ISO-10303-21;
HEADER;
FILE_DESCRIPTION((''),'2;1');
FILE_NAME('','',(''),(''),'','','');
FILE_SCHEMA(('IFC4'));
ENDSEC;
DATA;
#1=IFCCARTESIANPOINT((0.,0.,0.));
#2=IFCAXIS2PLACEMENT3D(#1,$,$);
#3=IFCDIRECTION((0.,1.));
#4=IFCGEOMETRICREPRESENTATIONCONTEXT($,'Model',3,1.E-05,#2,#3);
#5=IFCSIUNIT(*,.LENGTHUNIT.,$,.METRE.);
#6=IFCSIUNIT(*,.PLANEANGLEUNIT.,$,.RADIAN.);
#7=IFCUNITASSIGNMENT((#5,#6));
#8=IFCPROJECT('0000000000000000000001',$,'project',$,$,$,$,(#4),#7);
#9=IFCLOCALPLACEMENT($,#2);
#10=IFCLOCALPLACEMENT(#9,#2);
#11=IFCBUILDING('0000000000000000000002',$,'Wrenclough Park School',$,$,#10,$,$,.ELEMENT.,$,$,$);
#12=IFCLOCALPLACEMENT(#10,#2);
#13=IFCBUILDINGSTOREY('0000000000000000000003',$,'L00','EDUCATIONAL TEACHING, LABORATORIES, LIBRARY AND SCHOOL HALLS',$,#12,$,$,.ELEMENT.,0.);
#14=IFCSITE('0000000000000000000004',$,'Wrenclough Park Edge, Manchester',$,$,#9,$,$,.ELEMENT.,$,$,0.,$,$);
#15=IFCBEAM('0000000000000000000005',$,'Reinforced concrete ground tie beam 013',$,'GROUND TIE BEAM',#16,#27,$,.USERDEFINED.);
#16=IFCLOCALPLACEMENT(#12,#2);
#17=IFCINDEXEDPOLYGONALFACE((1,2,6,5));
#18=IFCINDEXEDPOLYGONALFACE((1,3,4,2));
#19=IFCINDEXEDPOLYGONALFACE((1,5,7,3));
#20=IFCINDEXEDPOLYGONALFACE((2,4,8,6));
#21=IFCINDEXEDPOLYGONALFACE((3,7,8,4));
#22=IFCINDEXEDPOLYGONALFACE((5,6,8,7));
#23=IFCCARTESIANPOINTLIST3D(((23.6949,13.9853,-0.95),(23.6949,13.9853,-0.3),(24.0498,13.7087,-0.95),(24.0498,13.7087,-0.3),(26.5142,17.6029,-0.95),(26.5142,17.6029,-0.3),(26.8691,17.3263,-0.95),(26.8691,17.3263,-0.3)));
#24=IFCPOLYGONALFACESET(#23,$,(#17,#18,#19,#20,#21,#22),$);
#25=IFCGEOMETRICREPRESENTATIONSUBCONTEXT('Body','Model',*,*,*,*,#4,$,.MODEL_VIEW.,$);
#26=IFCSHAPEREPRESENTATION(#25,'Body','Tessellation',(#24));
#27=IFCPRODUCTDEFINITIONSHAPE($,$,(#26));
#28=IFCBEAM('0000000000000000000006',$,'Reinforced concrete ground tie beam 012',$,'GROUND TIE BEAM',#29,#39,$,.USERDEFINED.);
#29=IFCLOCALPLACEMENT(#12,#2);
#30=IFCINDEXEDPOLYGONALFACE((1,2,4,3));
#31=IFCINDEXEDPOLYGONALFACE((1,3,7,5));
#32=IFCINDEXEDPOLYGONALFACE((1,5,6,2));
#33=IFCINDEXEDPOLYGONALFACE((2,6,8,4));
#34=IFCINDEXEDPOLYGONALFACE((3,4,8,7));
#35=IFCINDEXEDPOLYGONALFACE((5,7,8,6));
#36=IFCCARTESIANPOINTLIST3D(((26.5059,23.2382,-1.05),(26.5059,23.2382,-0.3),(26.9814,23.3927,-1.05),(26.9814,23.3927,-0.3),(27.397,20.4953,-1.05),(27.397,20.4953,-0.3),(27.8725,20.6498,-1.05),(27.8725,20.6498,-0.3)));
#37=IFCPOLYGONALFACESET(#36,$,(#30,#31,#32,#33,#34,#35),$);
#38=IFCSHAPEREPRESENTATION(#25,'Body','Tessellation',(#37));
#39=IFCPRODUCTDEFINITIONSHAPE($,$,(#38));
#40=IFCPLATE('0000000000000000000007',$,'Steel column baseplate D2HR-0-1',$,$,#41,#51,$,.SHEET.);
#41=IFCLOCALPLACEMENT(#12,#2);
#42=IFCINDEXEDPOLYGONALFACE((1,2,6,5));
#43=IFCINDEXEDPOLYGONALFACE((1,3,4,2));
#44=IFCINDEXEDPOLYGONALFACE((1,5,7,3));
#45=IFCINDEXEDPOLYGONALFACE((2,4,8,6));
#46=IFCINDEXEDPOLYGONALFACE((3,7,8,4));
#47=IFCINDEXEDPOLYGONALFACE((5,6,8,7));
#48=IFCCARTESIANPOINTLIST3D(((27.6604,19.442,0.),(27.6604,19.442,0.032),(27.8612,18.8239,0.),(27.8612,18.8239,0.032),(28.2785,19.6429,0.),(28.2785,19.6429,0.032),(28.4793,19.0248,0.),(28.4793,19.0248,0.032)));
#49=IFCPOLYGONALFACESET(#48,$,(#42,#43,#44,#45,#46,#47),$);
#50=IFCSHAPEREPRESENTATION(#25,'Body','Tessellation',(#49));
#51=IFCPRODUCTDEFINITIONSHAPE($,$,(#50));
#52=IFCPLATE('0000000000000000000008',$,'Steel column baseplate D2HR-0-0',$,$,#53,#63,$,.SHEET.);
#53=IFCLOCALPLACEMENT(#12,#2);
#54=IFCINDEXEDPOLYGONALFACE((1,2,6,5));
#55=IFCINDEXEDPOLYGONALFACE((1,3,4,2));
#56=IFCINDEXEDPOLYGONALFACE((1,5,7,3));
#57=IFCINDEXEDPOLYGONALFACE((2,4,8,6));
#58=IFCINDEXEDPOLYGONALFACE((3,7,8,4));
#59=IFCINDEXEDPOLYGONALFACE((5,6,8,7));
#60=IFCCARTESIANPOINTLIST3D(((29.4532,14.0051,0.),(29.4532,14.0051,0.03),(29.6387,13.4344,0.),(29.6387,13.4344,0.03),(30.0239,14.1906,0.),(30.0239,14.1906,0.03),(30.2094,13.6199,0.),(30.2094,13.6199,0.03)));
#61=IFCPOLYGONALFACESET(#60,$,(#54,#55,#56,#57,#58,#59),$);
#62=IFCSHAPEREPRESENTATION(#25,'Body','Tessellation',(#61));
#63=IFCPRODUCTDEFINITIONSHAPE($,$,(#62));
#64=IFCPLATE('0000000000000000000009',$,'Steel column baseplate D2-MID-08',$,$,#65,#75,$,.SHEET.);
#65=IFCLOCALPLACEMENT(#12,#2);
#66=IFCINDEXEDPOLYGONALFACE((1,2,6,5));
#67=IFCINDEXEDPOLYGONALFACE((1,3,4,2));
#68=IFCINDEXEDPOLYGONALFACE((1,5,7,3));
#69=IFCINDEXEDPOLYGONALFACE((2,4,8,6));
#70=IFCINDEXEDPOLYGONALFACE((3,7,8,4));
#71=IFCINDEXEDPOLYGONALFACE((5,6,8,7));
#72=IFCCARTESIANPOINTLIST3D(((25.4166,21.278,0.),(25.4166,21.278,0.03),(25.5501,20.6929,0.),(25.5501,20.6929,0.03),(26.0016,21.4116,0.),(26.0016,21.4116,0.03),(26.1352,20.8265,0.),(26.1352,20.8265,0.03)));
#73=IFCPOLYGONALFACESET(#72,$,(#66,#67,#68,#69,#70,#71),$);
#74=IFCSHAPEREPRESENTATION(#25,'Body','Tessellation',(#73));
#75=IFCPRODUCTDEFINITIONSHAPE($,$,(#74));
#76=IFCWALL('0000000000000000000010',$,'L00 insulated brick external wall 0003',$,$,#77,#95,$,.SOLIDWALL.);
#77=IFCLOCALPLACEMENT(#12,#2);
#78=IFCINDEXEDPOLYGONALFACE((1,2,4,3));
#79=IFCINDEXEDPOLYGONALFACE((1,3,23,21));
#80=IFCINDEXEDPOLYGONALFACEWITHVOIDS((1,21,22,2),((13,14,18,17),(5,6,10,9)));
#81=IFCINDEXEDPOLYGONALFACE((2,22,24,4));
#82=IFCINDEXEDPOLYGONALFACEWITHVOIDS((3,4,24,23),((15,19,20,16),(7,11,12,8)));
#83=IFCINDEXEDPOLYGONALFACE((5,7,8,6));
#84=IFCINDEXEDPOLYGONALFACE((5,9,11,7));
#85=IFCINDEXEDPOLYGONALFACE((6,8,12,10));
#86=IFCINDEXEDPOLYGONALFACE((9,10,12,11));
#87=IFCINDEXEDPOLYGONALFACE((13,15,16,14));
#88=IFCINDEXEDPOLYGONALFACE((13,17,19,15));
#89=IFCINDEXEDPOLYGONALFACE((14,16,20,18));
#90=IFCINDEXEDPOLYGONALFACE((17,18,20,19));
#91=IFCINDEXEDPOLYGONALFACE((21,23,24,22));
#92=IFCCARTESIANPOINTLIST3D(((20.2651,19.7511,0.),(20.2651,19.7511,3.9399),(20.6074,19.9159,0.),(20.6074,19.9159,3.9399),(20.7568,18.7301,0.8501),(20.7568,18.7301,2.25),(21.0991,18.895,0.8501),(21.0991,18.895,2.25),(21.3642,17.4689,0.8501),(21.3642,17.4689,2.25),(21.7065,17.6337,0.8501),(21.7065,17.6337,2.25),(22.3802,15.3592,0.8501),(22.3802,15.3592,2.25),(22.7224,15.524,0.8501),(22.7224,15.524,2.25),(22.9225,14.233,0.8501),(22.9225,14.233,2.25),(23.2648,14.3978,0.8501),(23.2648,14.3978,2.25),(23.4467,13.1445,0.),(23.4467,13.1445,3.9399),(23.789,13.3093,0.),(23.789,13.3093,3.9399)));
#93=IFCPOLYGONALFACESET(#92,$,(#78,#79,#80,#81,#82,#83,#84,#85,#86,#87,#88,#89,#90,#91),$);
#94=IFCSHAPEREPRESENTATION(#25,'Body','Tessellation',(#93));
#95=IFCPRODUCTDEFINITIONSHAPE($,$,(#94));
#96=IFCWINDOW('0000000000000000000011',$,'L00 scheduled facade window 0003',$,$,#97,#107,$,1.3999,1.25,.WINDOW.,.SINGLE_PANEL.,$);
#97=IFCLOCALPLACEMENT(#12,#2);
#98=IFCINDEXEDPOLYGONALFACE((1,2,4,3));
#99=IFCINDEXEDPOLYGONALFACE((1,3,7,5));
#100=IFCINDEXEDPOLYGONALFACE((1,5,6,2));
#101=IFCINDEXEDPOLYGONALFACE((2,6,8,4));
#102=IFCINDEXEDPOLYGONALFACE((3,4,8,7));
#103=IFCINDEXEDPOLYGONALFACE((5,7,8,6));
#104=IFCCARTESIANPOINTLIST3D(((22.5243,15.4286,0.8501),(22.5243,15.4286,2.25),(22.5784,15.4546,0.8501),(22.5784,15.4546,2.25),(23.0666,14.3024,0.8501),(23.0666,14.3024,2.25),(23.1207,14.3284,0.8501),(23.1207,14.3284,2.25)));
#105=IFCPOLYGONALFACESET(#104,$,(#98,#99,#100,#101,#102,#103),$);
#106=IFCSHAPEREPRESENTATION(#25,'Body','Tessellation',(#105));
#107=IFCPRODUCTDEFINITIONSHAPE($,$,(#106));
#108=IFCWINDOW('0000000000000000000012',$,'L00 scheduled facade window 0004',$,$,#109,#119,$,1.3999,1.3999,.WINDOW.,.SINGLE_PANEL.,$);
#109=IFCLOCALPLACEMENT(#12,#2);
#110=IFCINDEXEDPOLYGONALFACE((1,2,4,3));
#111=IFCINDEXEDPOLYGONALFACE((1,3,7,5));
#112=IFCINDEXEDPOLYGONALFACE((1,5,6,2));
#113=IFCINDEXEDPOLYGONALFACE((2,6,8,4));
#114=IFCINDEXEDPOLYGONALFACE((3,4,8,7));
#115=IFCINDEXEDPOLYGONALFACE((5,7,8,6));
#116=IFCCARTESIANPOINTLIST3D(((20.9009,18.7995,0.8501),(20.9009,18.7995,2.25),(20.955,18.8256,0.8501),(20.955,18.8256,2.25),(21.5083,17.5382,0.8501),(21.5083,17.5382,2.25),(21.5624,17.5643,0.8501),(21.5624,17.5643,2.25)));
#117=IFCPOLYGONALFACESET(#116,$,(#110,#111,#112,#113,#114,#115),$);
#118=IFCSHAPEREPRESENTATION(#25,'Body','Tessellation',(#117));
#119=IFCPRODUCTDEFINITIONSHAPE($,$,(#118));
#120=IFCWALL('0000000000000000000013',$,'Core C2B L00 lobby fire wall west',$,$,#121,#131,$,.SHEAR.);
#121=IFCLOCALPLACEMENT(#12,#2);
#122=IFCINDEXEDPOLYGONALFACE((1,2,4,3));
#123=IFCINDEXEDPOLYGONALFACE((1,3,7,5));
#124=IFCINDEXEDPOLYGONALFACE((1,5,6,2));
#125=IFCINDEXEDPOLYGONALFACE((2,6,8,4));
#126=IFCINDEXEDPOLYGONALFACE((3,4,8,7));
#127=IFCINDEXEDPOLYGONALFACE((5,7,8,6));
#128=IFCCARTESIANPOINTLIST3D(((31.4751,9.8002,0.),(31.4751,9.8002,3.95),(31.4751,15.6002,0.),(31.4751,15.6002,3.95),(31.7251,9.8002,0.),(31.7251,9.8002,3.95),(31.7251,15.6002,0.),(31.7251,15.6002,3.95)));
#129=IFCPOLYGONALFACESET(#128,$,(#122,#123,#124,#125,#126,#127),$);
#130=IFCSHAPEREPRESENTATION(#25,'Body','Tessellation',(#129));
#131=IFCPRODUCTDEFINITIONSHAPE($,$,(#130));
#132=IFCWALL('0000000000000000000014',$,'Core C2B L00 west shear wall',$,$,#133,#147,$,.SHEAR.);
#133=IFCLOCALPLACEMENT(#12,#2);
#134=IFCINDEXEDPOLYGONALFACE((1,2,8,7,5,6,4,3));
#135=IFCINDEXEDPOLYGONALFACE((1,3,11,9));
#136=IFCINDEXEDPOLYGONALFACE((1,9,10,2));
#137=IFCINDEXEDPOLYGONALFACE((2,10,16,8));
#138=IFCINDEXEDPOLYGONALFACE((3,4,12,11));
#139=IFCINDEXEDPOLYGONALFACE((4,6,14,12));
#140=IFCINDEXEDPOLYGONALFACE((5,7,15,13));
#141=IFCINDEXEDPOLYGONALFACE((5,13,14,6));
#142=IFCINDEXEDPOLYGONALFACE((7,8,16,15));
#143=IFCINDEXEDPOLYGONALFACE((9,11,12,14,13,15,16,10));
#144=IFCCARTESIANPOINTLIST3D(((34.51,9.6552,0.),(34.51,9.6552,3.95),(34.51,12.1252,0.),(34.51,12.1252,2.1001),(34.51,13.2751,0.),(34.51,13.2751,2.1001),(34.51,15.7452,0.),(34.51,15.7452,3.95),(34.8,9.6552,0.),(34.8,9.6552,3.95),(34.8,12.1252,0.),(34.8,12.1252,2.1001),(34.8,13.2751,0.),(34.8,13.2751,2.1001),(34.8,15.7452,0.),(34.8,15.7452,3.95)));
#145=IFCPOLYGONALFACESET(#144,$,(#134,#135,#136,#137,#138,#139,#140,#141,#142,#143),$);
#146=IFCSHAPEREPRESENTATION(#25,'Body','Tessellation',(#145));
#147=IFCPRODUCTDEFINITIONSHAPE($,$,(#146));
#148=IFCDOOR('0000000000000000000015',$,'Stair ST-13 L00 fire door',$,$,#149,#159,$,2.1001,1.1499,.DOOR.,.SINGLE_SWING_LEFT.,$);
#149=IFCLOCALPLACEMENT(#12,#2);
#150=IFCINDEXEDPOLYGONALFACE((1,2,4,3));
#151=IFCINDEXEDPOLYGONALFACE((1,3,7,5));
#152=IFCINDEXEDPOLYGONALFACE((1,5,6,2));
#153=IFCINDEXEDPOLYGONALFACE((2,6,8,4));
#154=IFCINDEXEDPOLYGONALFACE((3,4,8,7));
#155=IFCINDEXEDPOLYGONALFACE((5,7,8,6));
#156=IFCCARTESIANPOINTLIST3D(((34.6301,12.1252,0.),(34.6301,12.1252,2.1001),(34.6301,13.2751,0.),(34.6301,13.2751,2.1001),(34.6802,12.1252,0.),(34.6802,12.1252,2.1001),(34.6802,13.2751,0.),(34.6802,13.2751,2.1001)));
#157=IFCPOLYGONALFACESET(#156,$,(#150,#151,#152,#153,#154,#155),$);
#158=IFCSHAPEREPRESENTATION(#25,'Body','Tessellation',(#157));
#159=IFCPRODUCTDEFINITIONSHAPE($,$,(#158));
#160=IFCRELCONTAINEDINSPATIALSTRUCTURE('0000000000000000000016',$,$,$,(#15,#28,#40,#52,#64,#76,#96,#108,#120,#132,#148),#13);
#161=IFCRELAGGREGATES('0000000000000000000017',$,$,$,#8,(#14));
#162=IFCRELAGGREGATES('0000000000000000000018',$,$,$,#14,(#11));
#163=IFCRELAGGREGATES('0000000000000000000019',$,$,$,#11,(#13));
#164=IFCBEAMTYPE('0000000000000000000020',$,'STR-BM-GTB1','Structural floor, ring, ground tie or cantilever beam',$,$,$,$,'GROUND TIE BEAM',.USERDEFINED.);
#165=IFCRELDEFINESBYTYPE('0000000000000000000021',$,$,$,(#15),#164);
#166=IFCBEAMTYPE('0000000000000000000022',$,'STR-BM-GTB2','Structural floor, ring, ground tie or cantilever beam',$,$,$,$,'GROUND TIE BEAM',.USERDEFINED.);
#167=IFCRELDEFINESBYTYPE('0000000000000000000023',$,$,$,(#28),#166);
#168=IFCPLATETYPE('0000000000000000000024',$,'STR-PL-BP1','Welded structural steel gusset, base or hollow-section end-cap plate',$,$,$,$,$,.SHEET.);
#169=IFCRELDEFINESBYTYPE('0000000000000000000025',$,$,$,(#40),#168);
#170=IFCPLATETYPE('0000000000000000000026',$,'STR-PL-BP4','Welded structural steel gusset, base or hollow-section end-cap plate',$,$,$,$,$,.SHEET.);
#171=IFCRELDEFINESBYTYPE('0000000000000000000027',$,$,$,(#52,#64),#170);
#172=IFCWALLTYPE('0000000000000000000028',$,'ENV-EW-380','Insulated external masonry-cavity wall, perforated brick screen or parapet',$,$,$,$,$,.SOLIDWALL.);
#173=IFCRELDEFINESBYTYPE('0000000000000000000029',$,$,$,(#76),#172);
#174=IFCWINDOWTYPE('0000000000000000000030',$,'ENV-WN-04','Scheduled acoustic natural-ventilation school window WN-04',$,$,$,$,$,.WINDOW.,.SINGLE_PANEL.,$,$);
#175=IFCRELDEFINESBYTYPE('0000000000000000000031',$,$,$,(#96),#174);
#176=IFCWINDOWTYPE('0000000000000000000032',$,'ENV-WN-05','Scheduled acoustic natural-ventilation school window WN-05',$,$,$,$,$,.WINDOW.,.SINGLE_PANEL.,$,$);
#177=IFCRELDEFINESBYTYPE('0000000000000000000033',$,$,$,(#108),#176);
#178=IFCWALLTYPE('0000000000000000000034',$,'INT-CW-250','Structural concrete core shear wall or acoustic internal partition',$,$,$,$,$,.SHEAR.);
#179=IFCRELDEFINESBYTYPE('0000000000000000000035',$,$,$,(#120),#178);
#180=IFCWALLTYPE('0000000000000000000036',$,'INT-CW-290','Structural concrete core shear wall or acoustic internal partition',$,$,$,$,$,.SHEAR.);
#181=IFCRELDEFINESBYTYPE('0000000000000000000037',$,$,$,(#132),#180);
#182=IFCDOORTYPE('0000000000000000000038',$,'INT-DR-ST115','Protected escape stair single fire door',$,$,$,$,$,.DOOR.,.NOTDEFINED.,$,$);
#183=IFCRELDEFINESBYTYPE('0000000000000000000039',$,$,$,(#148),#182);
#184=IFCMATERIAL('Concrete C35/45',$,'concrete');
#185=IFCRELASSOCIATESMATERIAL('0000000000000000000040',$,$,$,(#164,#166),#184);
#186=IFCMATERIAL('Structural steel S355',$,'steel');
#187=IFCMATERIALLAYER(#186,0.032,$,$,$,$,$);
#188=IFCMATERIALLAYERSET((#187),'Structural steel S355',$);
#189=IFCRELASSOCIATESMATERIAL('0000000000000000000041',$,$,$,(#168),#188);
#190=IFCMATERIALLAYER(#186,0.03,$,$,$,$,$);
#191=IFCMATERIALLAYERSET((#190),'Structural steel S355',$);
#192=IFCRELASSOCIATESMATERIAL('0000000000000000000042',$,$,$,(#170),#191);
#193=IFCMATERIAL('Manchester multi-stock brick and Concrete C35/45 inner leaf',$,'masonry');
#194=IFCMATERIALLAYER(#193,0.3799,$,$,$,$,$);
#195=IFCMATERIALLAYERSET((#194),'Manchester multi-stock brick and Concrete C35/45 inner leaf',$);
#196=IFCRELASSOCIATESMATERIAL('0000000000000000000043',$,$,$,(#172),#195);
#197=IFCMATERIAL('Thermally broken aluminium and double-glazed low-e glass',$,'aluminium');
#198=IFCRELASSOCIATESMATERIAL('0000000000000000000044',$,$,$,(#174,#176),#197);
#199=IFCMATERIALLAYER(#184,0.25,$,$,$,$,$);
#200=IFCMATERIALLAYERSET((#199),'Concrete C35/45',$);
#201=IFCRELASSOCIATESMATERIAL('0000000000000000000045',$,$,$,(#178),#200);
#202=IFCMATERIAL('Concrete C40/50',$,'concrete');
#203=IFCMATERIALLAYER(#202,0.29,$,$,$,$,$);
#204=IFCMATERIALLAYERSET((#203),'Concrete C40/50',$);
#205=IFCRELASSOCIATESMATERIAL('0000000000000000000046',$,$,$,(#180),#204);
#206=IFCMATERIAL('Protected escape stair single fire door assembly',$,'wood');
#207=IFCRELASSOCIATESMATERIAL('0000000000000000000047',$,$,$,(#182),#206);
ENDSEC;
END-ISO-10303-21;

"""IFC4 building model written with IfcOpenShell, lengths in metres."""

from ifc_helpers import new_model, si_unit, direction, frame, frame_2d, origin, origin_2d, place, context, subcontext, project, spatial, rectangle, extrude, material, layer, layer_set, material_profile, profile_set, type_object, element, fill, save


model = new_model("IFC4")

# Units and contexts
model_context = context("Model", 3, precision=1e-05, world=origin(), true_north=direction((0.0, 1.0)))
body_context = subcontext(model_context, "Body", "Model", "MODEL_VIEW")
ifc_project = project(units=[si_unit("LENGTHUNIT", "METRE"), si_unit("PLANEANGLEUNIT", "RADIAN")], contexts=[model_context])

# Site, building, storey
site_placement = place(None, origin())
site = spatial("IfcSite", under=ifc_project, at=site_placement, Name="Wrenclough Park Edge, Manchester", CompositionType="ELEMENT", RefElevation=0.0)
building_placement = place(site_placement, origin())
building = spatial("IfcBuilding", under=site, at=building_placement, Name="Wrenclough Park School", CompositionType="ELEMENT")
storey_placement = place(building_placement, origin())
storey = spatial("IfcBuildingStorey", under=building, at=storey_placement, Name="L00", Description="EDUCATIONAL TEACHING, LABORATORIES, LIBRARY AND SCHOOL HALLS", CompositionType="ELEMENT", Elevation=0.0)

# Shared definitions
ifc_material_1 = material(Name="Concrete C35/45", Category="concrete")

# Shared definitions
ifc_material_2 = material(Name="Structural steel S355", Category="steel")

# Beams
ifc_material_profile_1 = material_profile(ifc_material_1, rectangle(XDim=0.45, YDim=0.6499, at=origin_2d()), Name="RC GROUND 450x650")
ifc_profile_set_1 = profile_set([ifc_material_profile_1], Name="Concrete C35/45")
beam_type_1 = type_object("IfcBeamType", Name="STR-BM-GTB1", Description="Structural floor, ring, ground tie or cantilever beam", ElementType="GROUND TIE BEAM", PredefinedType="USERDEFINED", material=ifc_profile_set_1)
beam_1_placement = place(storey_placement, frame((26.6917, 17.4646, -0.625), z_axis=(-0.614699, -0.788761, 0.0), x_axis=(0.788761, -0.614699, 0.0)))
element("IfcBeam", 1, at=beam_1_placement, inside=storey, type_object=beam_type_1, Name="Reinforced concrete ground tie beam 013", ObjectType="GROUND TIE BEAM", PredefinedType="USERDEFINED", context=body_context, shape_type="SweptSolid", body=[
    extrude(rectangle(XDim=0.45, YDim=0.6499, at=origin_2d()), origin(), (0.0, 0.0, 1.0), 4.5864),
])
ifc_material_profile_2 = material_profile(ifc_material_1, rectangle(XDim=0.5, YDim=0.75, at=origin_2d()), Name="RC GROUND 500x750")
ifc_profile_set_2 = profile_set([ifc_material_profile_2], Name="Concrete C35/45")
beam_type_2 = type_object("IfcBeamType", Name="STR-BM-GTB2", Description="Structural floor, ring, ground tie or cantilever beam", ElementType="GROUND TIE BEAM", PredefinedType="USERDEFINED", material=ifc_profile_set_2)
beam_2_placement = place(storey_placement, frame((27.6348, 20.5725, -0.675), z_axis=(-0.308981, 0.951068, 0.0), x_axis=(-0.951068, -0.308981, 0.0)))
element("IfcBeam", 2, at=beam_2_placement, inside=storey, type_object=beam_type_2, Name="Reinforced concrete ground tie beam 012", ObjectType="GROUND TIE BEAM", PredefinedType="USERDEFINED", context=body_context, shape_type="SweptSolid", body=[
    extrude(rectangle(XDim=0.5, YDim=0.75, at=origin_2d()), origin(), (0.0, 0.0, 1.0), 2.884),
])

# Plates
ifc_layer_1 = layer(ifc_material_2, 0.032)
ifc_layer_set_1 = layer_set([ifc_layer_1], Name="Structural steel S355")
plate_type_1 = type_object("IfcPlateType", Name="STR-PL-BP1", Description="Welded structural steel gusset, base or hollow-section end-cap plate", PredefinedType="SHEET", material=ifc_layer_set_1)
plate_placement = place(storey_placement, frame((28.0698, 19.2334, 0.0), z_axis=(0.0, 0.0, 1.0), x_axis=(0.951057, 0.309017, 0.0)))
element("IfcPlate", 3, at=plate_placement, inside=storey, type_object=plate_type_1, Name="Steel column baseplate D2HR-0-1", PredefinedType="SHEET", context=body_context, shape_type="SweptSolid", body=[
    extrude(rectangle(XDim=0.6499, YDim=0.6499, at=origin_2d()), origin(), (0.0, 0.0, 1.0), 0.032),
])
ifc_layer_2 = layer(ifc_material_2, 0.03)
ifc_layer_set_2 = layer_set([ifc_layer_2], Name="Structural steel S355")
plate_type_2 = type_object("IfcPlateType", Name="STR-PL-BP4", Description="Welded structural steel gusset, base or hollow-section end-cap plate", PredefinedType="SHEET", material=ifc_layer_set_2)
for number, where, z_axis, x_axis, name in (
    (4, (29.8313, 13.8125, 0.0), (0.0, 0.0, 1.0), (0.951057, 0.309017, 0.0), "Steel column baseplate D2HR-0-0"),
    (5, (25.7759, 21.0522, 0.0), (0.0, 0.0, 1.0), (0.22257, -0.974917, 0.0), "Steel column baseplate D2-MID-08"),
):
    element("IfcPlate", number, at=place(storey_placement, frame(where, z_axis=z_axis, x_axis=x_axis)), inside=storey, type_object=plate_type_2, Name=name, PredefinedType="SHEET", context=body_context, shape_type="SweptSolid", body=[
        extrude(rectangle(XDim=0.6001, YDim=0.6001, at=origin_2d()), origin(), (0.0, 0.0, 1.0), 0.03),
    ])

# Wall, openings, windows
ifc_material_3 = material(Name="Manchester multi-stock brick and Concrete C35/45 inner leaf", Category="masonry")
ifc_layer_3 = layer(ifc_material_3, 0.3799)
ifc_layer_set_3 = layer_set([ifc_layer_3], Name="Manchester multi-stock brick and Concrete C35/45 inner leaf")
wall_type_1 = type_object("IfcWallType", Name="ENV-EW-380", Description="Insulated external masonry-cavity wall, perforated brick screen or parapet", PredefinedType="SOLIDWALL", material=ifc_layer_set_3)
wall_1_placement = place(storey_placement, frame((23.6179, 13.2268, 0.0), z_axis=(0.0, 0.0, 1.0), x_axis=(-0.433887, 0.900967, 0.0)))
wall_1 = element("IfcWall", 6, at=wall_1_placement, inside=storey, type_object=wall_type_1, Name="L00 insulated brick external wall 0003", PredefinedType="SOLIDWALL", context=body_context, shape_type="SweptSolid", body=[
    extrude(rectangle(XDim=7.3328, YDim=0.3799, at=frame_2d((3.6665, 0.0))), origin(), (0.0, 0.0, 1.0), 3.9399),
])
opening_1_placement = place(wall_1_placement, frame((1.2083, 0.0, 0.8501)))
opening_1 = element("IfcOpeningElement", 7, at=opening_1_placement, cuts=wall_1, PredefinedType="OPENING", context=body_context, shape_type="SweptSolid", body=[
    extrude(rectangle(XDim=1.25, YDim=1.3999, at=frame_2d((0.625, 0.7))), frame((0.0, 0.2, 0.0), z_axis=(0.0, -1.0, 0.0), x_axis=(1.0, 0.0, 0.0)), (0.0, 0.0, 1.0), 0.3999),
])
opening_2_placement = place(wall_1_placement, frame((4.7998, 0.0, 0.8501)))
opening_2 = element("IfcOpeningElement", 8, at=opening_2_placement, cuts=wall_1, PredefinedType="OPENING", context=body_context, shape_type="SweptSolid", body=[
    extrude(rectangle(XDim=1.3999, YDim=1.3999, at=frame_2d((0.7, 0.7))), frame((0.0, 0.2, 0.0), z_axis=(0.0, -1.0, 0.0), x_axis=(1.0, 0.0, 0.0)), (0.0, 0.0, 1.0), 0.3999),
])
ifc_material_4 = material(Name="Thermally broken aluminium and double-glazed low-e glass", Category="aluminium")
window_type_1 = type_object("IfcWindowType", Name="ENV-WN-04", Description="Scheduled acoustic natural-ventilation school window WN-04", PartitioningType="SINGLE_PANEL", PredefinedType="WINDOW", material=ifc_material_4)
window_1_placement = place(opening_1_placement, origin())
window_1 = element("IfcWindow", 9, at=window_1_placement, inside=storey, type_object=window_type_1, Name="L00 scheduled facade window 0003", OverallHeight=1.3999, OverallWidth=1.25, PartitioningType="SINGLE_PANEL", PredefinedType="WINDOW", context=body_context, shape_type="SweptSolid", body=[
    extrude(rectangle(XDim=1.25, YDim=1.3999, at=frame_2d((0.625, 0.7))), frame((0.0, 0.03, 0.0), z_axis=(0.0, -1.0, 0.0), x_axis=(1.0, 0.0, 0.0)), (0.0, 0.0, 1.0), 0.0601),
])
fill(opening_1, window_1)
window_type_2 = type_object("IfcWindowType", Name="ENV-WN-05", Description="Scheduled acoustic natural-ventilation school window WN-05", PartitioningType="SINGLE_PANEL", PredefinedType="WINDOW", material=ifc_material_4)
window_2_placement = place(opening_2_placement, origin())
window_2 = element("IfcWindow", 10, at=window_2_placement, inside=storey, type_object=window_type_2, Name="L00 scheduled facade window 0004", OverallHeight=1.3999, OverallWidth=1.3999, PartitioningType="SINGLE_PANEL", PredefinedType="WINDOW", context=body_context, shape_type="SweptSolid", body=[
    extrude(rectangle(XDim=1.3999, YDim=1.3999, at=frame_2d((0.7, 0.7))), frame((0.0, 0.03, 0.0), z_axis=(0.0, -1.0, 0.0), x_axis=(1.0, 0.0, 0.0)), (0.0, 0.0, 1.0), 0.0601),
])
fill(opening_2, window_2)

# Shared definitions
ifc_layer_4 = layer(ifc_material_1, 0.25)
ifc_layer_set_4 = layer_set([ifc_layer_4], Name="Concrete C35/45")
wall_type_2 = type_object("IfcWallType", Name="INT-CW-250", Description="Structural concrete core shear wall or acoustic internal partition", PredefinedType="SHEAR", material=ifc_layer_set_4)

# Wall
wall_2_placement = place(storey_placement, frame((31.6001, 15.6001, 0.0), z_axis=(0.0, 0.0, 1.0), x_axis=(0.0, -1.0, 0.0)))
element("IfcWall", 11, at=wall_2_placement, inside=storey, type_object=wall_type_2, Name="Core C2B L00 lobby fire wall west", PredefinedType="SHEAR", context=body_context, shape_type="SweptSolid", body=[
    extrude(rectangle(XDim=5.8, YDim=0.25, at=frame_2d((2.8999, 0.0))), origin(), (0.0, 0.0, 1.0), 3.95),
])

# Wall, opening, door
ifc_material_5 = material(Name="Concrete C40/50", Category="concrete")
ifc_layer_5 = layer(ifc_material_5, 0.29)
ifc_layer_set_5 = layer_set([ifc_layer_5], Name="Concrete C40/50")
wall_type_3 = type_object("IfcWallType", Name="INT-CW-290", Description="Structural concrete core shear wall or acoustic internal partition", PredefinedType="SHEAR", material=ifc_layer_set_5)
wall_3_placement = place(storey_placement, frame((34.655, 15.7451, 0.0), z_axis=(0.0, 0.0, 1.0), x_axis=(0.0, -1.0, 0.0)))
wall_3 = element("IfcWall", 12, at=wall_3_placement, inside=storey, type_object=wall_type_3, Name="Core C2B L00 west shear wall", PredefinedType="SHEAR", context=body_context, shape_type="SweptSolid", body=[
    extrude(rectangle(XDim=6.0901, YDim=0.29, at=frame_2d((3.0449, 0.0))), origin(), (0.0, 0.0, 1.0), 3.95),
])
opening_3_placement = place(wall_3_placement, frame((2.47, 0.0, 0.0)))
opening_3 = element("IfcOpeningElement", 13, at=opening_3_placement, cuts=wall_3, PredefinedType="OPENING", context=body_context, shape_type="SweptSolid", body=[
    extrude(rectangle(XDim=1.1499, YDim=2.1001, at=frame_2d((0.575, 1.05))), frame((0.0, 0.155, 0.0), z_axis=(0.0, -1.0, 0.0), x_axis=(1.0, 0.0, 0.0)), (0.0, 0.0, 1.0), 0.3101),
])
ifc_material_6 = material(Name="Protected escape stair single fire door assembly", Category="wood")
door_type_1 = type_object("IfcDoorType", Name="INT-DR-ST115", Description="Protected escape stair single fire door", OperationType="NOTDEFINED", PredefinedType="DOOR", material=ifc_material_6)
door_1_placement = place(opening_3_placement, frame((1.1499, 0.0, 0.0), z_axis=(0.0, 0.0, 1.0), x_axis=(-1.0, 0.0, 0.0)))
door_1 = element("IfcDoor", 14, at=door_1_placement, inside=storey, type_object=door_type_1, Name="Stair ST-13 L00 fire door", OperationType="SINGLE_SWING_LEFT", OverallHeight=2.1001, OverallWidth=1.1499, PredefinedType="DOOR", context=body_context, shape_type="SweptSolid", body=[
    extrude(rectangle(XDim=1.1499, YDim=2.1001, at=frame_2d((0.575, 1.05))), frame((0.0, 0.0249, 0.0), z_axis=(0.0, -1.0, 0.0), x_axis=(1.0, 0.0, 0.0)), (0.0, 0.0, 1.0), 0.05),
])
fill(opening_3, door_1)

save(model, "model.ifc")
